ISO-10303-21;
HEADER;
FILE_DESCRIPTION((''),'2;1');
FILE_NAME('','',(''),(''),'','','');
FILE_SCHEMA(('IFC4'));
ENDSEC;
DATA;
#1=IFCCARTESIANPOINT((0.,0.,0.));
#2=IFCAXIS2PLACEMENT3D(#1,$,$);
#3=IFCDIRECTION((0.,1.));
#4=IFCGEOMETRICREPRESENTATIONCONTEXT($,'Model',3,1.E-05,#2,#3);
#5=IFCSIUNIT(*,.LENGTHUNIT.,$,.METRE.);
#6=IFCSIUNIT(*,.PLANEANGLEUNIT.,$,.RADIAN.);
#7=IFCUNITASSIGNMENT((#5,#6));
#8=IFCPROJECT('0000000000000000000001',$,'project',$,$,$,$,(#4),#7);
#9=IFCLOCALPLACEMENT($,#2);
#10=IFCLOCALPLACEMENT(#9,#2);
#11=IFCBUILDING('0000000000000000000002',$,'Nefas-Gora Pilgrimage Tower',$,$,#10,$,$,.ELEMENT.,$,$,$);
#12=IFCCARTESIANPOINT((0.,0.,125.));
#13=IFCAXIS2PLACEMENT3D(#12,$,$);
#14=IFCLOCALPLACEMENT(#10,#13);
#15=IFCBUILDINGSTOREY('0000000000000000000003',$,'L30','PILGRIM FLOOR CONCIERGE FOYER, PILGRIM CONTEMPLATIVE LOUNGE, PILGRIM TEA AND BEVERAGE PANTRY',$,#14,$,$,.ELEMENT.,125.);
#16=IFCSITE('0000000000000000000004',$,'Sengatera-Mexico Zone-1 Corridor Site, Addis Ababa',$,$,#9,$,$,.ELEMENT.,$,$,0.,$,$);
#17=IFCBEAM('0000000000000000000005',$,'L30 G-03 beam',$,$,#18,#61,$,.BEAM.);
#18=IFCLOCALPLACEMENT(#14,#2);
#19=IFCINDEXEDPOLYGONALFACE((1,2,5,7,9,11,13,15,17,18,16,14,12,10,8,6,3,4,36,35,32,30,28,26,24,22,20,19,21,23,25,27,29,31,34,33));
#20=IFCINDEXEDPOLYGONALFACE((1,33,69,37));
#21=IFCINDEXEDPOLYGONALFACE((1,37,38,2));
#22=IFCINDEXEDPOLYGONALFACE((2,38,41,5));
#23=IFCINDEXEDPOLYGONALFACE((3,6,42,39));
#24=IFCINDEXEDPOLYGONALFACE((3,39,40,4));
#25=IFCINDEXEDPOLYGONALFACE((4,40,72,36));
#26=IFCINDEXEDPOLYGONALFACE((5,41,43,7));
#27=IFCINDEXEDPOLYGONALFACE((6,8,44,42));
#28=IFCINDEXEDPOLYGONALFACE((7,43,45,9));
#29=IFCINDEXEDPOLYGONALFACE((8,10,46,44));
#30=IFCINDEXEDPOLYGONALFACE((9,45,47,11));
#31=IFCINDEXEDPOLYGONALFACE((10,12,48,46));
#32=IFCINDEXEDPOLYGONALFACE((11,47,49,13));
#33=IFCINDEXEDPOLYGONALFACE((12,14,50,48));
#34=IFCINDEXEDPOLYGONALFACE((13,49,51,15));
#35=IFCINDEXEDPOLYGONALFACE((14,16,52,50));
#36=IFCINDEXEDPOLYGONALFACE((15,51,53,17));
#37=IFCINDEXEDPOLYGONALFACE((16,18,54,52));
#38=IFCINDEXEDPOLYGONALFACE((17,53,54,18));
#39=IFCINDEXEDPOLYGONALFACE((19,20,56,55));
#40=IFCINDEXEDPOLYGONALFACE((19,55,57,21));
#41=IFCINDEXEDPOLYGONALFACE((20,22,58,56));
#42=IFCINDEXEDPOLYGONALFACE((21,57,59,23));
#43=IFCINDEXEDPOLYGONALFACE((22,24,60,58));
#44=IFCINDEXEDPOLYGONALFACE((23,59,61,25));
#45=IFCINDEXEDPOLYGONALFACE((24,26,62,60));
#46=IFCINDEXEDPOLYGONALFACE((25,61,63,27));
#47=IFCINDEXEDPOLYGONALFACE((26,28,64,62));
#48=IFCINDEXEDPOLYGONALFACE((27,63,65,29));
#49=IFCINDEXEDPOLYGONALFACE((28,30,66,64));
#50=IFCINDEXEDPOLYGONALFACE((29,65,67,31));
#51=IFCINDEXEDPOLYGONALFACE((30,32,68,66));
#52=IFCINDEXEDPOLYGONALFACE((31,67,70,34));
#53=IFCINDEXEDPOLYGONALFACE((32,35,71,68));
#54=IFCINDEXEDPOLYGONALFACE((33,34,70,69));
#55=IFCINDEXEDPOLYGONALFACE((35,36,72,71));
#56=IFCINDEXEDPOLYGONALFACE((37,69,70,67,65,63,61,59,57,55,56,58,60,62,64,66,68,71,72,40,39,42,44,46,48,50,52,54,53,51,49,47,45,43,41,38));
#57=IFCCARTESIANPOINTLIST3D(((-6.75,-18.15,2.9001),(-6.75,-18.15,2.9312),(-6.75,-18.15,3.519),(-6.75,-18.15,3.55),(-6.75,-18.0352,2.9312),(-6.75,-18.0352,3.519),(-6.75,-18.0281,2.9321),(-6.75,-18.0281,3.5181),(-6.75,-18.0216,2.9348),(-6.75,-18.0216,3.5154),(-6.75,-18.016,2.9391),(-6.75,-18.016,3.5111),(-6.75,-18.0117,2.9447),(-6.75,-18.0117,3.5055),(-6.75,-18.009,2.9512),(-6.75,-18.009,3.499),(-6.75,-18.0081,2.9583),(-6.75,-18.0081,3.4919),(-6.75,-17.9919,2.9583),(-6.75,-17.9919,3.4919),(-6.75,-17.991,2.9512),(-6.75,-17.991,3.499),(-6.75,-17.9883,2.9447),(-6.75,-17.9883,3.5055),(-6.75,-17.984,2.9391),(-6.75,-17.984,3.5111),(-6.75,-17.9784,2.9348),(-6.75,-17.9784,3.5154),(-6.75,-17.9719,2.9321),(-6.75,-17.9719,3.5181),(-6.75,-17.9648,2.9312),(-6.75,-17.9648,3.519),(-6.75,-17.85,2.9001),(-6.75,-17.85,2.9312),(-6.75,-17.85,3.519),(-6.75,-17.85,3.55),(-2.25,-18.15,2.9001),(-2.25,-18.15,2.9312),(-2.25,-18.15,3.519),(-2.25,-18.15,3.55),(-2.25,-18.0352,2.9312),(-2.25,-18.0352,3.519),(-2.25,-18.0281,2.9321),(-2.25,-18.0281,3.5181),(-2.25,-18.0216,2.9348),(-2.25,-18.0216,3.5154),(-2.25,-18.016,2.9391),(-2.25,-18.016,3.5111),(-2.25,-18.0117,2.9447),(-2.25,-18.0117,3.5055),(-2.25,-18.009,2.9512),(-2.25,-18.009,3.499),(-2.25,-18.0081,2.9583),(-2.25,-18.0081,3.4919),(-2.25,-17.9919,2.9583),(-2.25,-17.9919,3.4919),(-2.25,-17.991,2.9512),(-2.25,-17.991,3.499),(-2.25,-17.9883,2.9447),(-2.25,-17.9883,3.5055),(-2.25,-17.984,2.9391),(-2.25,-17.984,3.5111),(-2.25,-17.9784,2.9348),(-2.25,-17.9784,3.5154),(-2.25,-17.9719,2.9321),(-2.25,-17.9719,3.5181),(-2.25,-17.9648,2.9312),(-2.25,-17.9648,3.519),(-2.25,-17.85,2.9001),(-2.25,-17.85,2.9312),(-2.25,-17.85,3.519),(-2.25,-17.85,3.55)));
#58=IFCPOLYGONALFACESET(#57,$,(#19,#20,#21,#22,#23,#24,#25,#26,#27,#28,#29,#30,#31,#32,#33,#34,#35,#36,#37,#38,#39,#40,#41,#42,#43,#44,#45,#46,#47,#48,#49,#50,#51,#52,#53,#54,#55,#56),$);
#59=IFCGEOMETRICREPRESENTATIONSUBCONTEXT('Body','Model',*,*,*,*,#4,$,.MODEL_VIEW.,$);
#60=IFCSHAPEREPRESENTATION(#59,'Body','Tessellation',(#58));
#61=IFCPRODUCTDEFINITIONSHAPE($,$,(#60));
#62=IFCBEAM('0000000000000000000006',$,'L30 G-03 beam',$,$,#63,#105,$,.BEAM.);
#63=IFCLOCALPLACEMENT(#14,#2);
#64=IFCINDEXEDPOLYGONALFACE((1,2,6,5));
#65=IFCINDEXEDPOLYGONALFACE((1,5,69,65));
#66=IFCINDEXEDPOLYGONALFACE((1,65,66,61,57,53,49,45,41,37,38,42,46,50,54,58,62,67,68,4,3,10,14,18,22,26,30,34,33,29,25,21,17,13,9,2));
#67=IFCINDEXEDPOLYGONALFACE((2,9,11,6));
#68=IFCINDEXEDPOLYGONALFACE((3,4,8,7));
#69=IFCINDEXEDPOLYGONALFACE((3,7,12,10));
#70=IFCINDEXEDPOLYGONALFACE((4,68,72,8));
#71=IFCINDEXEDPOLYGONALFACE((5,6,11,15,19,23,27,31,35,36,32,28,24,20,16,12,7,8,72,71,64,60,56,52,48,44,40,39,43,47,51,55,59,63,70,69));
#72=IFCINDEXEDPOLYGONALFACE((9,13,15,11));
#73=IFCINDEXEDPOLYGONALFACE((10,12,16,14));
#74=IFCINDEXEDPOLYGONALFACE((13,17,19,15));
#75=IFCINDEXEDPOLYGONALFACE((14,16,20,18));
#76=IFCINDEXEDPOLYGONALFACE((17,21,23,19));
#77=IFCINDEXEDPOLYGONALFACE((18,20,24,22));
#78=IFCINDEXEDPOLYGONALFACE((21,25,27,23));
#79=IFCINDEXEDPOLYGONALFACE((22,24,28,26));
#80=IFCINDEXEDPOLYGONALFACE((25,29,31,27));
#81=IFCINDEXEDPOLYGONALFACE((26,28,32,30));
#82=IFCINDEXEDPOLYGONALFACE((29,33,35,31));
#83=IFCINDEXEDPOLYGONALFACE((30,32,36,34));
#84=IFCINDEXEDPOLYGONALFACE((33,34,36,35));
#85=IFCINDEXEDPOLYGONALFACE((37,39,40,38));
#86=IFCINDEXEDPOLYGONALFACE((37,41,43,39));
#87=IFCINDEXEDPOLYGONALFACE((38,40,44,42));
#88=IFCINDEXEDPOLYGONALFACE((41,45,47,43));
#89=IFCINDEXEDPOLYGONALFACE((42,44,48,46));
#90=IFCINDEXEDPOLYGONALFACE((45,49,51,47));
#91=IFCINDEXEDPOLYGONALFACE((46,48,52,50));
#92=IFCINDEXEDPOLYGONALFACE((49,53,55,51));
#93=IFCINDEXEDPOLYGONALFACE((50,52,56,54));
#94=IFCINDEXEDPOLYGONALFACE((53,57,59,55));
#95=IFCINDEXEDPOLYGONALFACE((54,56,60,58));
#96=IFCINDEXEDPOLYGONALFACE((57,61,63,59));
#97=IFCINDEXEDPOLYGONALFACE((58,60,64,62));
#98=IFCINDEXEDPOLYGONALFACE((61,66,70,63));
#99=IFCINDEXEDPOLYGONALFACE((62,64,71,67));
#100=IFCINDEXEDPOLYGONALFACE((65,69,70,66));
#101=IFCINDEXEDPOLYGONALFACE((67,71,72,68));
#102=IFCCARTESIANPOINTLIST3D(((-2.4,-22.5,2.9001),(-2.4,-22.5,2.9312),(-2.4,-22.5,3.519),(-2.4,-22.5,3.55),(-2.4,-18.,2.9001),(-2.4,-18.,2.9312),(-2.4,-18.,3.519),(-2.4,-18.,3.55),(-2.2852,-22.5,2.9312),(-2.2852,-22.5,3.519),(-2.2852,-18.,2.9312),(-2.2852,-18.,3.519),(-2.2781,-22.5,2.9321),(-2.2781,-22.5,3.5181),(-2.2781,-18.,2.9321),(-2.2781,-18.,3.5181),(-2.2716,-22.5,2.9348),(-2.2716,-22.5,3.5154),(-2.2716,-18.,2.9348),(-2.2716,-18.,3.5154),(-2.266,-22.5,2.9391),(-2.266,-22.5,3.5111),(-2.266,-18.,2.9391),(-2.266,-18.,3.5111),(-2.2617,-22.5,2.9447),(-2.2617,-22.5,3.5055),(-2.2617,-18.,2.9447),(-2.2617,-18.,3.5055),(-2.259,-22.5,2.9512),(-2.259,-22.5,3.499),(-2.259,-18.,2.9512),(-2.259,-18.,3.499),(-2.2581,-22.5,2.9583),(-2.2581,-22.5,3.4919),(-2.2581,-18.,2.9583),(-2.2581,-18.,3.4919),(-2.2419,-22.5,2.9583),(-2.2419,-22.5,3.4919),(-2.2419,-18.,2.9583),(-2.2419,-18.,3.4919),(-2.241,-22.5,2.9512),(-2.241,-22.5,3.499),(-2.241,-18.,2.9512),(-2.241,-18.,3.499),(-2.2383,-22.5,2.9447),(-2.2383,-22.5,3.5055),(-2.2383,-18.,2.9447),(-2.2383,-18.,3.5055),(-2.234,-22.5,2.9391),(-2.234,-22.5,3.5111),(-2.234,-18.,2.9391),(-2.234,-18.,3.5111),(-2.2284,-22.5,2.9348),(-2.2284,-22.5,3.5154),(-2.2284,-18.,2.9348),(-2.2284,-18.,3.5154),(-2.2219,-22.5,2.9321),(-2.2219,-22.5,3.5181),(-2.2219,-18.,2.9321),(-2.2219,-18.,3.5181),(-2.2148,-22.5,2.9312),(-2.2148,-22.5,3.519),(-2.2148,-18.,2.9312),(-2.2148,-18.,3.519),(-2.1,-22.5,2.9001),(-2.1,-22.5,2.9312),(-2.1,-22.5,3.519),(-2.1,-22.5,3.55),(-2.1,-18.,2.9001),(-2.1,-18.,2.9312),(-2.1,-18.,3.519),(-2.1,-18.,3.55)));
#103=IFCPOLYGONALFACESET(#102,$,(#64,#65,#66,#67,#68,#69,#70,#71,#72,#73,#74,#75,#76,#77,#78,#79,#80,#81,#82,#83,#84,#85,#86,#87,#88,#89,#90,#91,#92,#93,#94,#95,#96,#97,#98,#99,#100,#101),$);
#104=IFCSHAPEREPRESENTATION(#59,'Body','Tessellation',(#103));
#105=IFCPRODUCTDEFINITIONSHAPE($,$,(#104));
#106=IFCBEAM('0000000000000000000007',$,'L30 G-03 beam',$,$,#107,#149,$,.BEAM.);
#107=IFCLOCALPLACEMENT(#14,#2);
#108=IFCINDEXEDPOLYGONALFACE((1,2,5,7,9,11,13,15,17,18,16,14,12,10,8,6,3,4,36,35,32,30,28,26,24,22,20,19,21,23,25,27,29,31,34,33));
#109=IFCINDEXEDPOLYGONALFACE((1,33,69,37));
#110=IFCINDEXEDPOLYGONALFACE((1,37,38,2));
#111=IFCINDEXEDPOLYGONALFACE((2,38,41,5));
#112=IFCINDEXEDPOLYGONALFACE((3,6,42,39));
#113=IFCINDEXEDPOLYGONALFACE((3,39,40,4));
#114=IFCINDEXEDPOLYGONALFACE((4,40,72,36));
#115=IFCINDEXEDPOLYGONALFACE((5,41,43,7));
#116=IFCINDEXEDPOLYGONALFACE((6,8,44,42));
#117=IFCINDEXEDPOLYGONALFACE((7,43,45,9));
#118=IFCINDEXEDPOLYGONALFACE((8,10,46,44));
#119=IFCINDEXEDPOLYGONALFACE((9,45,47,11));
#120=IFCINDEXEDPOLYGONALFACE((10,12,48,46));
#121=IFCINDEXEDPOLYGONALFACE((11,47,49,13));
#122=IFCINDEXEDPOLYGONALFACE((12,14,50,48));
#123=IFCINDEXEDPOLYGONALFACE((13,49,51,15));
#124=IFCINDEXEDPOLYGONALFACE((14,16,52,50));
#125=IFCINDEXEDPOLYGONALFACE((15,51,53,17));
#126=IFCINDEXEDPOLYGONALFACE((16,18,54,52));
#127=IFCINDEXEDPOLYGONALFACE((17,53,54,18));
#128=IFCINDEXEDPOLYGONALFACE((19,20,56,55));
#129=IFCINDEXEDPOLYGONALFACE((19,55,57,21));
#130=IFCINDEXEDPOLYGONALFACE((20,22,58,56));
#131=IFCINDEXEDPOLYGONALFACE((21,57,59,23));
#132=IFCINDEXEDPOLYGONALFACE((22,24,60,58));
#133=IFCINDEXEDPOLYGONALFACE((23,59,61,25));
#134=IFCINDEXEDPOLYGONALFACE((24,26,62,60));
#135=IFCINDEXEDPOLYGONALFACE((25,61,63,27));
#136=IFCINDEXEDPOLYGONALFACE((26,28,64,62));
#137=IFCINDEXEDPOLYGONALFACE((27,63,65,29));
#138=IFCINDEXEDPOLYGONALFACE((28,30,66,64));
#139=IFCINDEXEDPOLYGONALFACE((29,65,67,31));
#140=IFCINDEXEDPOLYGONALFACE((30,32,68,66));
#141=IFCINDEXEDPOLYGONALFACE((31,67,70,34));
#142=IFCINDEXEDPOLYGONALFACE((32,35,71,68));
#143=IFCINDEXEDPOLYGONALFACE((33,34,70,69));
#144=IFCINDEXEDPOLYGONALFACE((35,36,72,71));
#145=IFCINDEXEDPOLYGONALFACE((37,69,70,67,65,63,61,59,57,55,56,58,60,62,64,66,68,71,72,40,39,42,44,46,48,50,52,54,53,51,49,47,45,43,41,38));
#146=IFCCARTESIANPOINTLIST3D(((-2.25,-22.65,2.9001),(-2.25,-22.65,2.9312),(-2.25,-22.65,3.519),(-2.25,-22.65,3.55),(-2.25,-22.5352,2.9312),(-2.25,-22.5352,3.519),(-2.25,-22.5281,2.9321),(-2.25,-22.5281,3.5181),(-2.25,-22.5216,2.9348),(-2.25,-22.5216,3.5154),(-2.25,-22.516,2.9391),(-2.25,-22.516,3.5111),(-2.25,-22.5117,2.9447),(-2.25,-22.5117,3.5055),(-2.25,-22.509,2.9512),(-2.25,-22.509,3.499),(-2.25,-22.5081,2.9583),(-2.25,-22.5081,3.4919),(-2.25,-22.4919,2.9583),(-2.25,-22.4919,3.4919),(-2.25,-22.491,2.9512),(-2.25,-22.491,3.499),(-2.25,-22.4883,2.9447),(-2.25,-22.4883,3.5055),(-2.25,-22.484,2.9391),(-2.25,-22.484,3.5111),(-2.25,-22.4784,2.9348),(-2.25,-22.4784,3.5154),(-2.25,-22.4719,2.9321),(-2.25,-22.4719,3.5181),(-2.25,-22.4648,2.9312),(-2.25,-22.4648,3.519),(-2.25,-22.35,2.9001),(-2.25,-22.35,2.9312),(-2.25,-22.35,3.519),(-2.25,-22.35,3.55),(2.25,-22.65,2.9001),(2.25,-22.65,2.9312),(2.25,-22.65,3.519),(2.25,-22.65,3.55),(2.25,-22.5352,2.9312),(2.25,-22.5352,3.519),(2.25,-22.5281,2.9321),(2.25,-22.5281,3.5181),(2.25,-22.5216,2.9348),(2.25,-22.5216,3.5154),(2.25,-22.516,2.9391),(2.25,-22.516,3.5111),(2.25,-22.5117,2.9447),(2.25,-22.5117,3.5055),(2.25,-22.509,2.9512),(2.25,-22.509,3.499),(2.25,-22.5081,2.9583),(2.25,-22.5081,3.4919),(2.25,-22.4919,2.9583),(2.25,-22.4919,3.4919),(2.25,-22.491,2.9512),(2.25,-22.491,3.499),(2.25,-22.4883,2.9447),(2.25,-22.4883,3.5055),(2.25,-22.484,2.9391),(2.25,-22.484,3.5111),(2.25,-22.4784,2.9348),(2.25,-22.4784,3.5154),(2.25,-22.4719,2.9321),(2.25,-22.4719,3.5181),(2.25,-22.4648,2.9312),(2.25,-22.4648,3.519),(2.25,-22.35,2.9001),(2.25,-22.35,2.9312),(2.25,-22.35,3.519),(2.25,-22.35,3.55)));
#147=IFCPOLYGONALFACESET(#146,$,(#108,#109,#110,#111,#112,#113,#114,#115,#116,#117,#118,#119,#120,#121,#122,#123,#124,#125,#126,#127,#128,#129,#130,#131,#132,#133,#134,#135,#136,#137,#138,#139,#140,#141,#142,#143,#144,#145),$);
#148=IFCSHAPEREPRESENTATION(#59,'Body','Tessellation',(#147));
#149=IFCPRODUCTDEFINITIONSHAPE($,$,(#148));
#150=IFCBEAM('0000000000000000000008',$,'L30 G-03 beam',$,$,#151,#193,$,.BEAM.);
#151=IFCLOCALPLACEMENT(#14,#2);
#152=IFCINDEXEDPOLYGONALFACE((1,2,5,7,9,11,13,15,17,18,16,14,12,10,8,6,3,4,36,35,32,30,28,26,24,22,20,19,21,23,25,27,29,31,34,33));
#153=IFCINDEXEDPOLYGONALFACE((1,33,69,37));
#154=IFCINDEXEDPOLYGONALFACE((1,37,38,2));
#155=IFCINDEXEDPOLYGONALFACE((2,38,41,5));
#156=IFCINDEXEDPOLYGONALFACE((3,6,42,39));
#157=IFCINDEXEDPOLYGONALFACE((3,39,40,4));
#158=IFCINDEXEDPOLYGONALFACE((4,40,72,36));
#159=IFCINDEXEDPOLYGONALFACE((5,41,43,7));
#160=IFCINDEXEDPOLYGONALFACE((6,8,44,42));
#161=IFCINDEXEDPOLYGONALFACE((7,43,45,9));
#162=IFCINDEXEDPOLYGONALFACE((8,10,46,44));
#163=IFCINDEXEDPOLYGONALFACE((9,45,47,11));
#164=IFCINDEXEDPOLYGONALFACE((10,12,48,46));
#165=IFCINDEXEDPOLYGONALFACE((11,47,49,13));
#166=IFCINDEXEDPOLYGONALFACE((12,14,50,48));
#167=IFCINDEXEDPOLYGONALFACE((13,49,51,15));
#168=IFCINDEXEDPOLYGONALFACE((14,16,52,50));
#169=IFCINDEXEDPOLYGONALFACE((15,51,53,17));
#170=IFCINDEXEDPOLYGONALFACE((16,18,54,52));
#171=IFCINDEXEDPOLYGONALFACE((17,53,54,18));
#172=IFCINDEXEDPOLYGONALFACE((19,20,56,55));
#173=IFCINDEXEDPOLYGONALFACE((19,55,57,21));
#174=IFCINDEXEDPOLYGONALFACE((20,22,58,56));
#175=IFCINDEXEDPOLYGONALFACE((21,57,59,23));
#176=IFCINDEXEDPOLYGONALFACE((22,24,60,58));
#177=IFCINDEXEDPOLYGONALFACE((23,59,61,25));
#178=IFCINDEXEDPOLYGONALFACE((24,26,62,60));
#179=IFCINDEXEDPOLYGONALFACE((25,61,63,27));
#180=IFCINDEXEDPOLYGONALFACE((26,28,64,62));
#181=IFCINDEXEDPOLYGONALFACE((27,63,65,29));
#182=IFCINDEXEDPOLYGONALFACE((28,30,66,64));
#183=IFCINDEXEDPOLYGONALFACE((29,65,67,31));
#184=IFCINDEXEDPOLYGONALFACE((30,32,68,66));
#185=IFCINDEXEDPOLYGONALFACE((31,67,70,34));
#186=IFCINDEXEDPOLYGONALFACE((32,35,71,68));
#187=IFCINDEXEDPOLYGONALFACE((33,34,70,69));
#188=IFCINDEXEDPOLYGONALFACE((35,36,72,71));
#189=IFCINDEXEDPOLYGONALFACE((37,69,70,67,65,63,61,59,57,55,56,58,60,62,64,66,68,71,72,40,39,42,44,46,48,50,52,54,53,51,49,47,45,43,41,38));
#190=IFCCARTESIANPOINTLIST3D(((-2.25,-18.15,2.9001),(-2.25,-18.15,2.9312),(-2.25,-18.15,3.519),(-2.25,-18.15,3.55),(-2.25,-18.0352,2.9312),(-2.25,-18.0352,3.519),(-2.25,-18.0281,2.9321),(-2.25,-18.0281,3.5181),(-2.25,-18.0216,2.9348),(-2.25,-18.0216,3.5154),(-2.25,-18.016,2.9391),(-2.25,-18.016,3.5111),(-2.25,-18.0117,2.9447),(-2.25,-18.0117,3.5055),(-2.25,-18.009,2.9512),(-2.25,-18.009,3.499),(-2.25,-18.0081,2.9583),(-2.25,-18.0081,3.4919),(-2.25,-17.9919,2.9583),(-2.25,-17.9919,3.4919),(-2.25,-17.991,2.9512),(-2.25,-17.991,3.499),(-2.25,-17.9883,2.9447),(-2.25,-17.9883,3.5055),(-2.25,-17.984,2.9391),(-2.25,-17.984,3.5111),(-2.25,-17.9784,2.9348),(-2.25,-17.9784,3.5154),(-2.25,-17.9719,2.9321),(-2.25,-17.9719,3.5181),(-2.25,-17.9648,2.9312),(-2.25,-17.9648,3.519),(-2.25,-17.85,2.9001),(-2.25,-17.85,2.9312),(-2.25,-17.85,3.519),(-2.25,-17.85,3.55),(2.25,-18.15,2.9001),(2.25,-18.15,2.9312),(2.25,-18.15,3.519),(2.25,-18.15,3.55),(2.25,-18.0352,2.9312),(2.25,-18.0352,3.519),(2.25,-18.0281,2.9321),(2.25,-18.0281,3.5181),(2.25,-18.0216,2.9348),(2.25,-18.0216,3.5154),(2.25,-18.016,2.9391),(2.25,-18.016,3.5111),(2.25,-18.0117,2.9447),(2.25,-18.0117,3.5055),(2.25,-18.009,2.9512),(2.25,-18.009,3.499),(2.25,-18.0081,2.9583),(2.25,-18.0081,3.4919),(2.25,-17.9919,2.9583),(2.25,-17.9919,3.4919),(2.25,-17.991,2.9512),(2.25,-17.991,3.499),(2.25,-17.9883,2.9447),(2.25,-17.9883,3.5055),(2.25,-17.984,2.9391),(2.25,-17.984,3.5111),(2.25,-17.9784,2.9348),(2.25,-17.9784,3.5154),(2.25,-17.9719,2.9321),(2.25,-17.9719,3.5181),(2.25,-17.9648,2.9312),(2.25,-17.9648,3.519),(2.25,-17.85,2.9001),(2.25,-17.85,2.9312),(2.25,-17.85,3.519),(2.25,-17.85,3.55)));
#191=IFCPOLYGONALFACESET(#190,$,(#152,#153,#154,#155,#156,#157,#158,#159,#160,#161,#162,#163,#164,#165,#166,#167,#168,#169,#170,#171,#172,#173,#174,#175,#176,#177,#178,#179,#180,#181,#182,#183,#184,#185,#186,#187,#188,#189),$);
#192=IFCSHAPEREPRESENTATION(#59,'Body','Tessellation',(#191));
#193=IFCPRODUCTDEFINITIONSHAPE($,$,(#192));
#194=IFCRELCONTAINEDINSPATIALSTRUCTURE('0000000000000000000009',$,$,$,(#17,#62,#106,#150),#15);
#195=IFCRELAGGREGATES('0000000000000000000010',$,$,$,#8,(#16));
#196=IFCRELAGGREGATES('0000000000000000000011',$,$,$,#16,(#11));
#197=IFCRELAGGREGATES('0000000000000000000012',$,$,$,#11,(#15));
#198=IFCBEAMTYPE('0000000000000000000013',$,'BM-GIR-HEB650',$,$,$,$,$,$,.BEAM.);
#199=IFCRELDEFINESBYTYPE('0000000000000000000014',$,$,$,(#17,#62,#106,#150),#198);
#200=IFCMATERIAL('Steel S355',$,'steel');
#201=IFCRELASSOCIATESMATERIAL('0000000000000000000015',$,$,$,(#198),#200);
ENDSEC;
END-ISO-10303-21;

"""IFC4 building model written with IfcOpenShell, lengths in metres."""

from ifc_helpers import new_model, si_unit, direction, frame, origin, origin_2d, place, context, subcontext, project, spatial, i_section, extrude, source, transform, mapped, material, material_profile, profile_set, type_object, element, save


model = new_model("IFC4")

# Units and contexts
model_context = context("Model", 3, precision=1e-05, world=origin(), true_north=direction((0.0, 1.0)))
body_context = subcontext(model_context, "Body", "Model", "MODEL_VIEW")
ifc_project = project(units=[si_unit("LENGTHUNIT", "METRE"), si_unit("PLANEANGLEUNIT", "RADIAN")], contexts=[model_context])

# Site, building, storey
site_placement = place(None, origin())
site = spatial("IfcSite", under=ifc_project, at=site_placement, Name="Sengatera-Mexico Zone-1 Corridor Site, Addis Ababa", CompositionType="ELEMENT", RefElevation=0.0)
building_placement = place(site_placement, origin())
building = spatial("IfcBuilding", under=site, at=building_placement, Name="Nefas-Gora Pilgrimage Tower", CompositionType="ELEMENT")
storey_placement = place(building_placement, frame((0.0, 0.0, 125.0)))
storey = spatial("IfcBuildingStorey", under=building, at=storey_placement, Name="L30", Description="PILGRIM FLOOR CONCIERGE FOYER, PILGRIM CONTEMPLATIVE LOUNGE, PILGRIM TEA AND BEVERAGE PANTRY", CompositionType="ELEMENT", Elevation=125.0)

# Beams
ifc_material_1 = material(Name="Steel S355", Category="steel")
ifc_material_profile_1 = material_profile(ifc_material_1, i_section(OverallWidth=0.3, OverallDepth=0.6499, WebThickness=0.0161, FlangeThickness=0.031, FilletRadius=0.0271, at=origin_2d()), Name="HEB 650")
ifc_profile_set_1 = profile_set([ifc_material_profile_1], Name="Steel S355")
beam_type = type_object("IfcBeamType", Name="BM-GIR-HEB650", PredefinedType="BEAM", material=ifc_profile_set_1)
shared_shape_1 = source(origin(), body_context, "Body", "SweptSolid", [
    extrude(i_section(OverallWidth=0.3, OverallDepth=0.6499, WebThickness=0.0161, FlangeThickness=0.031, FilletRadius=0.0271, at=origin_2d()), origin(), (0.0, 0.0, 1.0), 4.5),
])
for number, where, z_axis, x_axis, name in (
    (1, (-6.75, -18.0, 3.2251), (1.0, 0.0, 0.0), (0.0, 1.0, 0.0), "L30 G-03 beam"),
    (2, (-2.25, -22.5, 3.2251), (0.0, 1.0, 0.0), (-1.0, 0.0, 0.0), "L30 G-03 beam"),
    (3, (-2.25, -22.5, 3.2251), (1.0, 0.0, 0.0), (0.0, 1.0, 0.0), "L30 G-03 beam"),
    (4, (-2.25, -18.0, 3.2251), (1.0, 0.0, 0.0), (0.0, 1.0, 0.0), "L30 G-03 beam"),
):
    element("IfcBeam", number, at=place(storey_placement, frame(where, z_axis=z_axis, x_axis=x_axis)), inside=storey, type_object=beam_type, Name=name, PredefinedType="BEAM", context=body_context, shape_type="MappedRepresentation", body=[
        mapped(shared_shape_1, transform((0.0, 0.0, 0.0), x_axis=(1.0, 0.0, 0.0), y_axis=(0.0, 1.0, 0.0), z_axis=(0.0, 0.0, 1.0), scale=1.0)),
    ])

save(model, "model.ifc")
